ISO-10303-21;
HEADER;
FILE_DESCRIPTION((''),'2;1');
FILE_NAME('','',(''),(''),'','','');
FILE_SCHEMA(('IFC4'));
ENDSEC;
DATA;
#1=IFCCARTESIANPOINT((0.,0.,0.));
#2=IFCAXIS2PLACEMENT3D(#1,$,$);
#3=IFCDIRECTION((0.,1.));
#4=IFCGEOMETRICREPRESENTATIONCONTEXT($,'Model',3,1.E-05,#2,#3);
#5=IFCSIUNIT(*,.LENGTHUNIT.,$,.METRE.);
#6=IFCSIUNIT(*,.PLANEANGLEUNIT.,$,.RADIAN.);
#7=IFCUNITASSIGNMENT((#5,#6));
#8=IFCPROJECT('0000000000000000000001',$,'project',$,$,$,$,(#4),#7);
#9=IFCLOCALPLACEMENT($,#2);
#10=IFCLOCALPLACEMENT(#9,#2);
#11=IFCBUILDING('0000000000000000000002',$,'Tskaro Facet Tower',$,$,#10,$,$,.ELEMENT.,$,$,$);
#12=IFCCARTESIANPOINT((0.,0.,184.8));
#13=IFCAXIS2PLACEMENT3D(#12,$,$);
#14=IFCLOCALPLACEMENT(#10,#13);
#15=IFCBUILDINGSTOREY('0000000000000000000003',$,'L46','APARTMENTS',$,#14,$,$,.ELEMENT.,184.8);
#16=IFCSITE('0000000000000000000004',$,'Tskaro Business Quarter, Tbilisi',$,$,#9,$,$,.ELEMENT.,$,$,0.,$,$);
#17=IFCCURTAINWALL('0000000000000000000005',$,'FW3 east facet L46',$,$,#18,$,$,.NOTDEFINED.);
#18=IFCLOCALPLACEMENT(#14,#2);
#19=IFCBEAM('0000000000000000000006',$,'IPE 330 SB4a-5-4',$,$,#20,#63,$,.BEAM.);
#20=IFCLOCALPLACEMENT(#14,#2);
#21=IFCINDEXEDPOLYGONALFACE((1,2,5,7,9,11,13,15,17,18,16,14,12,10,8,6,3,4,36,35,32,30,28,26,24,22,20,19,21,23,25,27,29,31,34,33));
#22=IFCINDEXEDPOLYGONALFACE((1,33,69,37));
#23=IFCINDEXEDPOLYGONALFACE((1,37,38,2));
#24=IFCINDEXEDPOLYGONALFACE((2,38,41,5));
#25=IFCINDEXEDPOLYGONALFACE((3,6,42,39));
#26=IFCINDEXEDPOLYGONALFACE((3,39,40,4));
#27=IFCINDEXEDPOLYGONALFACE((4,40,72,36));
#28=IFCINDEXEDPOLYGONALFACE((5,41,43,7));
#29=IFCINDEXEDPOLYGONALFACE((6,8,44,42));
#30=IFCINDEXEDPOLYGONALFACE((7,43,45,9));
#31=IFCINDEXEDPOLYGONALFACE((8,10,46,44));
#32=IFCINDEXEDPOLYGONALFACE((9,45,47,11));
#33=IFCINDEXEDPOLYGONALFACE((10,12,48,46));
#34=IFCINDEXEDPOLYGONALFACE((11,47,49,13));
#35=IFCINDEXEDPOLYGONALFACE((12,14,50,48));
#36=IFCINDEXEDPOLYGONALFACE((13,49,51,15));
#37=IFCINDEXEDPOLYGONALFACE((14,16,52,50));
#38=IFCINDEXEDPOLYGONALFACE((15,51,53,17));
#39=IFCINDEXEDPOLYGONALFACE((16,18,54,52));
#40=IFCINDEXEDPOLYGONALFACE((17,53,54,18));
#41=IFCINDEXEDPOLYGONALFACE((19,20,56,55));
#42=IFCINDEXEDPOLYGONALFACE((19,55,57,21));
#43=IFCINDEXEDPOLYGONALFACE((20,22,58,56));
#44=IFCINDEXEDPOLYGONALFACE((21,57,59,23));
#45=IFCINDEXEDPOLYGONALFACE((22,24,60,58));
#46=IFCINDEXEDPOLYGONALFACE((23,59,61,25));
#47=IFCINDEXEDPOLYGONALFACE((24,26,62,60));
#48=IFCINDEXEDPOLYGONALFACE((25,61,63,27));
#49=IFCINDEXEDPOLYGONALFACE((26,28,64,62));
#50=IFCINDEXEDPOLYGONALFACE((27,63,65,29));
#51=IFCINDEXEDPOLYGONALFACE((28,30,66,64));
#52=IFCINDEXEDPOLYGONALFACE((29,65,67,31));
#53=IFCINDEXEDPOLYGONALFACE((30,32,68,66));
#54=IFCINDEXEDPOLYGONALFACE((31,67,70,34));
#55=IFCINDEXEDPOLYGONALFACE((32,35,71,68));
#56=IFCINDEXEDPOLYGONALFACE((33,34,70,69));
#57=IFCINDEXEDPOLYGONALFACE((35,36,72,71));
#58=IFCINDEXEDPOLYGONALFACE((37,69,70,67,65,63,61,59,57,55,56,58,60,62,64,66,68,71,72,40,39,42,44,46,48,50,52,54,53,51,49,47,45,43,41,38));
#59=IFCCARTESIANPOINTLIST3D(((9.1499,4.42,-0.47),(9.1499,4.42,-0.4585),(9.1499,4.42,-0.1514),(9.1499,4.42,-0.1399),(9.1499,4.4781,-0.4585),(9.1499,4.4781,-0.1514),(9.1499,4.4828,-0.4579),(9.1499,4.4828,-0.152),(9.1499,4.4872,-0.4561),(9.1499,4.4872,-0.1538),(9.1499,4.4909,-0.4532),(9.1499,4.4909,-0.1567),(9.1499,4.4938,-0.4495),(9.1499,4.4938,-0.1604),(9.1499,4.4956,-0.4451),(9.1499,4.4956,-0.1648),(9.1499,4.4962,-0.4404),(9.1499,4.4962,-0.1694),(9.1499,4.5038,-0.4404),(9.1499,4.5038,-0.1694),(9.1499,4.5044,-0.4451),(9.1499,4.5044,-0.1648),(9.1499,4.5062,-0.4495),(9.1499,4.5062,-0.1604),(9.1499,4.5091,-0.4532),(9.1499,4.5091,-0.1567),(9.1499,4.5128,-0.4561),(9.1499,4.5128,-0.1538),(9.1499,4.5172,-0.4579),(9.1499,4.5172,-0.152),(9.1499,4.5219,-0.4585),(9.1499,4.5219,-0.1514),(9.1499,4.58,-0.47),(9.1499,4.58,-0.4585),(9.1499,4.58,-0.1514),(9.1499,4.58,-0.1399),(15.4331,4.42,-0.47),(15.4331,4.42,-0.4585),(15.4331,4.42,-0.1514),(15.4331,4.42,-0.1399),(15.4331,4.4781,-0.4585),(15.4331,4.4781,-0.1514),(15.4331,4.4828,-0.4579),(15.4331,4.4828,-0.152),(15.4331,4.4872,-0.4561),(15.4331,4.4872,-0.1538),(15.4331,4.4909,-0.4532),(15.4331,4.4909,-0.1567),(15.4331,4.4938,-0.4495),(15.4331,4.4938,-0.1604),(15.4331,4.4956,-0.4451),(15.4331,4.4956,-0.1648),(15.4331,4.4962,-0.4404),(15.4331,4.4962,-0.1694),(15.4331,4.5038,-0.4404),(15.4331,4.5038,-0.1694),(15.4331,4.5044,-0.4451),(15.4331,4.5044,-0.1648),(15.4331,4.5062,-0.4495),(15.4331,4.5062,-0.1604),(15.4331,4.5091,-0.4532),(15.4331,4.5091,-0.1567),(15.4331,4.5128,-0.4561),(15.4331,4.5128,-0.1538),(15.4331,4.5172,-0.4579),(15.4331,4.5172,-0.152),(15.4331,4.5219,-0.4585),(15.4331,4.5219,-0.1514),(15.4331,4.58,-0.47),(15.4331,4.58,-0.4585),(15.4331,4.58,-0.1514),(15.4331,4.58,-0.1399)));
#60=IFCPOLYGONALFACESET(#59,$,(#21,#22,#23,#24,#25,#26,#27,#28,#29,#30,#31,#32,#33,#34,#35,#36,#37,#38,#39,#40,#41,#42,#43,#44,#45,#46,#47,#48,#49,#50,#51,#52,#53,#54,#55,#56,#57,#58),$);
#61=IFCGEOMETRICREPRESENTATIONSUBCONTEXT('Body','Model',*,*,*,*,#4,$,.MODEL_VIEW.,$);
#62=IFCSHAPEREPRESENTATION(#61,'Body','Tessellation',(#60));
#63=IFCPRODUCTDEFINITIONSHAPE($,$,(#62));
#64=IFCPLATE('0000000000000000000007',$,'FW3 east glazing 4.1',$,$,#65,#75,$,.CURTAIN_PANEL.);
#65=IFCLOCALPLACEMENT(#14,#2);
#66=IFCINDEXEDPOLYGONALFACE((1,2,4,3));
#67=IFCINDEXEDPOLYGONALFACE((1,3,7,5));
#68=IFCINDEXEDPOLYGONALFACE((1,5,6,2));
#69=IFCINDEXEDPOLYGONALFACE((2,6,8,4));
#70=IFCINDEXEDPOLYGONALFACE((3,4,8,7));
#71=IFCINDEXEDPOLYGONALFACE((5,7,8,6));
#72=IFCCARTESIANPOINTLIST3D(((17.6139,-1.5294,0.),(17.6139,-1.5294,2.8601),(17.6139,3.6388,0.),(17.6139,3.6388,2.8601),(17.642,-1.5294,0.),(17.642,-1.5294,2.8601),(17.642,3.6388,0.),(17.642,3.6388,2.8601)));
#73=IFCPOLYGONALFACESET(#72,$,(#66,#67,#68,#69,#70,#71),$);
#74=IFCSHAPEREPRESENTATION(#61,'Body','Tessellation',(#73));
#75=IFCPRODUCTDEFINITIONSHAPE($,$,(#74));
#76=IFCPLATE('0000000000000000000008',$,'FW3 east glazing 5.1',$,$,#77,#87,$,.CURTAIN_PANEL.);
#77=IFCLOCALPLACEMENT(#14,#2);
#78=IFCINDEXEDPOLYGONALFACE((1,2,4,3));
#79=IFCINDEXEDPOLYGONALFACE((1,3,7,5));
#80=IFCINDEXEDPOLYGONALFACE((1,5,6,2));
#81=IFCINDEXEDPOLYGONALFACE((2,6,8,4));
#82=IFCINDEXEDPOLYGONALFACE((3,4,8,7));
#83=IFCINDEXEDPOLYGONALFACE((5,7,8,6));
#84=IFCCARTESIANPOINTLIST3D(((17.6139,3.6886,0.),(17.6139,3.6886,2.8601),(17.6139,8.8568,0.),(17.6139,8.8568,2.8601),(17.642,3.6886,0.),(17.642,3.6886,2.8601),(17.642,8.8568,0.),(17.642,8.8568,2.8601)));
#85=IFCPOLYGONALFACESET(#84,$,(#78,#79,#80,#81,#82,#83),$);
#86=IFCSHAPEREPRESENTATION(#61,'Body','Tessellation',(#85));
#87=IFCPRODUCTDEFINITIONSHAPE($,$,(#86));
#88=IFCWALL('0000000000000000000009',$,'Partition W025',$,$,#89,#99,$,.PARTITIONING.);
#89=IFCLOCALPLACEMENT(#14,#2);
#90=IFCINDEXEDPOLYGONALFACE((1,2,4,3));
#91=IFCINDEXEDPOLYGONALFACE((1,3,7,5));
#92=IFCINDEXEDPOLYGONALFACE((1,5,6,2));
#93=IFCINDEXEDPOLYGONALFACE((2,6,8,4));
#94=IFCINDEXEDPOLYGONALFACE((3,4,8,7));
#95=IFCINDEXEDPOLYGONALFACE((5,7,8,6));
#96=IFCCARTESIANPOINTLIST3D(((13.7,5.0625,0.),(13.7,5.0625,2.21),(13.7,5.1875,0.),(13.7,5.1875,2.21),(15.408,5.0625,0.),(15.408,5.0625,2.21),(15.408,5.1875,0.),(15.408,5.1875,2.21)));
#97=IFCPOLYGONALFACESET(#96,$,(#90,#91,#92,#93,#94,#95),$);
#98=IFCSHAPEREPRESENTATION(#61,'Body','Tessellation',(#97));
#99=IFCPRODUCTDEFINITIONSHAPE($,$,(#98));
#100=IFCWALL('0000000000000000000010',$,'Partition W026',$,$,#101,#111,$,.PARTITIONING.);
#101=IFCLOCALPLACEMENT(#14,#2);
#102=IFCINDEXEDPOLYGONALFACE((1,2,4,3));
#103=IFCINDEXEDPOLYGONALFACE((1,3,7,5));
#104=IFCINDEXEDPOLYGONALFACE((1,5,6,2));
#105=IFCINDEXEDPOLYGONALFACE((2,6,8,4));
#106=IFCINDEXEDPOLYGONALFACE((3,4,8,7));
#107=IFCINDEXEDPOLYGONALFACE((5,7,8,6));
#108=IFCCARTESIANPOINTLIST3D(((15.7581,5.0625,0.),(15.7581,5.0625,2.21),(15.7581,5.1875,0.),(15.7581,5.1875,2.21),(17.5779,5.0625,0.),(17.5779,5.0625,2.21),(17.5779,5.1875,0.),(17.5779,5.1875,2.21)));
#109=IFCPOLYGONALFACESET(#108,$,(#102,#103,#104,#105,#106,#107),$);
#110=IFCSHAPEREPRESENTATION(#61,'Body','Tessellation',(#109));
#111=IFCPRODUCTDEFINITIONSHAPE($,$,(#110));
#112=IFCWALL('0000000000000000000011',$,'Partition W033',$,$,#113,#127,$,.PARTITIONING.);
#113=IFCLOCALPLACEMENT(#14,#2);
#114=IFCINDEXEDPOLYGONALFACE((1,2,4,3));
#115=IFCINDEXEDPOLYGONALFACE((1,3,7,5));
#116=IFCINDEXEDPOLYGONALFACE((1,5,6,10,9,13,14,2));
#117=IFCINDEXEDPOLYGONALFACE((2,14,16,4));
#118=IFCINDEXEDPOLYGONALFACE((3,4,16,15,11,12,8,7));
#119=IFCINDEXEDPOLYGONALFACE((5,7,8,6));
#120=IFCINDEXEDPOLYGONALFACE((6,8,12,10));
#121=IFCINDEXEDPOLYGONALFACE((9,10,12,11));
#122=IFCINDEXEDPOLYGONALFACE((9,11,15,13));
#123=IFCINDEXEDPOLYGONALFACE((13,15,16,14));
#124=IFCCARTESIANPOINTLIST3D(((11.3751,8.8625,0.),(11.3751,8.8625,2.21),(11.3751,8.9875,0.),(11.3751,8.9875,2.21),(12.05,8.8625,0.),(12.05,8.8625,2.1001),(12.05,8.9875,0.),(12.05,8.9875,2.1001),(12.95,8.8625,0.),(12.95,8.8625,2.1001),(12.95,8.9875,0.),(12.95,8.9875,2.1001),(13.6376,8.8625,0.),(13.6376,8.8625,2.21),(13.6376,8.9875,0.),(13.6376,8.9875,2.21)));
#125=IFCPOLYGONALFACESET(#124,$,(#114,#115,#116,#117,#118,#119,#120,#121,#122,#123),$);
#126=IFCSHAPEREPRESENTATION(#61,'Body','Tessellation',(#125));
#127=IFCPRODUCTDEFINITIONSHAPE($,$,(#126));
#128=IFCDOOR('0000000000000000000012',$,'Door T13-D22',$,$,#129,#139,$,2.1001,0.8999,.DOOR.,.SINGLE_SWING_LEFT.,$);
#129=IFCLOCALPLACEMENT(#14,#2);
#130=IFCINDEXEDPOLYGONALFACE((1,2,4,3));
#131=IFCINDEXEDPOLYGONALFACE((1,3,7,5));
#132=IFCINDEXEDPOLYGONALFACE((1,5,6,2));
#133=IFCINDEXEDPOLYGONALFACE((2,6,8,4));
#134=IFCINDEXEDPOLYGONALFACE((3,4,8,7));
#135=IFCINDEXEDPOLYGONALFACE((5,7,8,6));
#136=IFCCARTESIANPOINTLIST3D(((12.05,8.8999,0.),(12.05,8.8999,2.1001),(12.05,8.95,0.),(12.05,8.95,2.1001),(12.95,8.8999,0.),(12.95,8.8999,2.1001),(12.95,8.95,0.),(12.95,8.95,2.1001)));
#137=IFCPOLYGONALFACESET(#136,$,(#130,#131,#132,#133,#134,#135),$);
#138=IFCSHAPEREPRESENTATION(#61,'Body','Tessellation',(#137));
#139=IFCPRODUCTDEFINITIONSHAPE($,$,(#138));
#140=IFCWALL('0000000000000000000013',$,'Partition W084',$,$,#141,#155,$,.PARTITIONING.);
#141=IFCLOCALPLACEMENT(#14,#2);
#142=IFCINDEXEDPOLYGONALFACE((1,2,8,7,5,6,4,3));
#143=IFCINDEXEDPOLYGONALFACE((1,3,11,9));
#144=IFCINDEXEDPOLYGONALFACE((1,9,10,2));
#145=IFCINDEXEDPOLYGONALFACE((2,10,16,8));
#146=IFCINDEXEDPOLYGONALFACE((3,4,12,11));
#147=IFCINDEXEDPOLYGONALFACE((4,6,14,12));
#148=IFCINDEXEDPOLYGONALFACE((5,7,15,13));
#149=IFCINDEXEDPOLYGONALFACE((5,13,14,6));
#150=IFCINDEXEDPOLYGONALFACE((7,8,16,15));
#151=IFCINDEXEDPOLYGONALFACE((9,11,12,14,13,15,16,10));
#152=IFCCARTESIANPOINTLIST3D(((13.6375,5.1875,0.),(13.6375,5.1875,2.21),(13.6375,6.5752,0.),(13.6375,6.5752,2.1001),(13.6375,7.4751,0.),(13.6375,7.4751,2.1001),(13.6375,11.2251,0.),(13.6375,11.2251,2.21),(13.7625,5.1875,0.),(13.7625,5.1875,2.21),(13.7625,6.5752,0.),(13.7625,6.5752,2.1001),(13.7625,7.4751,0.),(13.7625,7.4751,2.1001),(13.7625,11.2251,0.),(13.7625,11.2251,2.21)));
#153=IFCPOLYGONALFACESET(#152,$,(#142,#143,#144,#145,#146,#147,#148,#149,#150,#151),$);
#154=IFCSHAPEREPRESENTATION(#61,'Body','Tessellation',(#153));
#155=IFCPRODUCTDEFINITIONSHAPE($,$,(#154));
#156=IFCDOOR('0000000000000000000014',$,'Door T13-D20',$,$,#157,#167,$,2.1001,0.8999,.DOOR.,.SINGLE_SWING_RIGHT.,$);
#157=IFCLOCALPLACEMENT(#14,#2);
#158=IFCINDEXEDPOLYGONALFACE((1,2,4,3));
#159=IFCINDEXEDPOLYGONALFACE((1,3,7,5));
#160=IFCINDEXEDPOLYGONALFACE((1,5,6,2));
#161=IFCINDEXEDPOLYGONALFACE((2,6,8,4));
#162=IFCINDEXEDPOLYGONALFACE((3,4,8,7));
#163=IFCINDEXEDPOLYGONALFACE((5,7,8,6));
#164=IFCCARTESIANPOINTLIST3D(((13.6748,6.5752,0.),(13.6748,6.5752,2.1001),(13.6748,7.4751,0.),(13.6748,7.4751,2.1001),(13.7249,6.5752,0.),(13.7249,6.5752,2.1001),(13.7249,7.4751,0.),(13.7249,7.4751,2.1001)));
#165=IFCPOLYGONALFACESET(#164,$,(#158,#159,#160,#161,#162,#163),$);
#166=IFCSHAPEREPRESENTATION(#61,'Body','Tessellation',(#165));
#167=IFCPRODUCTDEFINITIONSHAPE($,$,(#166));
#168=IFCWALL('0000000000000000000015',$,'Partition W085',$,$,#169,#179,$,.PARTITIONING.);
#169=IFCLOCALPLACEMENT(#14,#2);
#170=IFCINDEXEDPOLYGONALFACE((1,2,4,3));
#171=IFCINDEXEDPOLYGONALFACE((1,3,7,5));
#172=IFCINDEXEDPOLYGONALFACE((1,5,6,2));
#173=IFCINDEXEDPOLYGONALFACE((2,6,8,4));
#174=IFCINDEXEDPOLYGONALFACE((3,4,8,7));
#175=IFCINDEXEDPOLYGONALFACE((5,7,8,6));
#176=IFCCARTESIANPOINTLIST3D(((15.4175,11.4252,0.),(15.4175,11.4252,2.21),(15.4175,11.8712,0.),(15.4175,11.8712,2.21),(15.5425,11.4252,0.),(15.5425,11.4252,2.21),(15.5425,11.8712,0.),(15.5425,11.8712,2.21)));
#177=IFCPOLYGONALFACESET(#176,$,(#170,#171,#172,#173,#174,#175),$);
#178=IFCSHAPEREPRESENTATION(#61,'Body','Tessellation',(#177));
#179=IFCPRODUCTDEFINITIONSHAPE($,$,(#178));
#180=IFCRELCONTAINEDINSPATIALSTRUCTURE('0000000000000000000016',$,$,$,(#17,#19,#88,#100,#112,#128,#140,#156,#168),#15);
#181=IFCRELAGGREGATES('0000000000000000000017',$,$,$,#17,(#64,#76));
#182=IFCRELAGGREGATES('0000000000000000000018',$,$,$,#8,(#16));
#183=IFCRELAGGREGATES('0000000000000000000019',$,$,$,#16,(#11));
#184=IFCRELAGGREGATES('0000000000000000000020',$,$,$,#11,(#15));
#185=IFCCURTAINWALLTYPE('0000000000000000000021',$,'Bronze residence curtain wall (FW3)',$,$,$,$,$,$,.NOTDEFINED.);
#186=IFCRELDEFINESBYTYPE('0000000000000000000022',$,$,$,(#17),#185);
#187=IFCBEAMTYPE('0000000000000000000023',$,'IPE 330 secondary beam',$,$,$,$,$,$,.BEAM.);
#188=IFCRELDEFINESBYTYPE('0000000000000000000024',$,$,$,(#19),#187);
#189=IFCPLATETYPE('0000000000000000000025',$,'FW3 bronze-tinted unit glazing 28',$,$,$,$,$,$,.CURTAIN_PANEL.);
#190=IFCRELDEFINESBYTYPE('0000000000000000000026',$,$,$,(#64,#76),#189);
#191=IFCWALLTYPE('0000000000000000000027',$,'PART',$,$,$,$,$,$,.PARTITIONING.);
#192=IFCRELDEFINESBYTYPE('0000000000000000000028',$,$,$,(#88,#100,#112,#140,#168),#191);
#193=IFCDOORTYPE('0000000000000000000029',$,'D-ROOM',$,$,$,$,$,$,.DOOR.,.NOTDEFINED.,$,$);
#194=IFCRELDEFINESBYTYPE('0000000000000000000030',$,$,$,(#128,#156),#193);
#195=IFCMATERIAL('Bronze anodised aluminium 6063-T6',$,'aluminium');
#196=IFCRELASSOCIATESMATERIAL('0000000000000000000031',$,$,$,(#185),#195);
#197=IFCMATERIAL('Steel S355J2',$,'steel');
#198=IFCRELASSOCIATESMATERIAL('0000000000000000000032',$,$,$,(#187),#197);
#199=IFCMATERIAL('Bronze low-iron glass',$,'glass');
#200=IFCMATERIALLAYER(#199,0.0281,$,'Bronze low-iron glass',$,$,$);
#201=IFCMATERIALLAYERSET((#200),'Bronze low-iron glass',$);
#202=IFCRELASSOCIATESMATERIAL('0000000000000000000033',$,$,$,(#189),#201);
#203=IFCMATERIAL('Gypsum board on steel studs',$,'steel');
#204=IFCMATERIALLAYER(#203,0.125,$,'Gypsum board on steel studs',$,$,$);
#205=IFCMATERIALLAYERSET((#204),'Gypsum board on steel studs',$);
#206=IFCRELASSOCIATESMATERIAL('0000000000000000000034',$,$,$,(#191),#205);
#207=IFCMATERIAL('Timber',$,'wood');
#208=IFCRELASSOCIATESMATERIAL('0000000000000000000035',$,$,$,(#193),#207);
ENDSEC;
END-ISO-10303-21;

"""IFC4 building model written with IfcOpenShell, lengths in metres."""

from ifc_helpers import new_model, si_unit, direction, frame, frame_2d, origin, origin_2d, place, context, subcontext, project, spatial, rectangle, i_section, extrude, material, layer, layer_set, material_profile, profile_set, type_object, element, fill, aggregate, save


model = new_model("IFC4")

# Units and contexts
model_context = context("Model", 3, precision=1e-05, world=origin(), true_north=direction((0.0, 1.0)))
body_context = subcontext(model_context, "Body", "Model", "MODEL_VIEW")
ifc_project = project(units=[si_unit("LENGTHUNIT", "METRE"), si_unit("PLANEANGLEUNIT", "RADIAN")], contexts=[model_context])

# Site, building, storey
site_placement = place(None, origin())
site = spatial("IfcSite", under=ifc_project, at=site_placement, Name="Tskaro Business Quarter, Tbilisi", CompositionType="ELEMENT", RefElevation=0.0)
building_placement = place(site_placement, origin())
building = spatial("IfcBuilding", under=site, at=building_placement, Name="Tskaro Facet Tower", CompositionType="ELEMENT")
storey_placement = place(building_placement, frame((0.0, 0.0, 184.8)))
storey = spatial("IfcBuildingStorey", under=building, at=storey_placement, Name="L46", Description="APARTMENTS", CompositionType="ELEMENT", Elevation=184.8)

# Curtain wall
ifc_material_1 = material(Name="Bronze anodised aluminium 6063-T6", Category="aluminium")
curtain_wall_type = type_object("IfcCurtainWallType", Name="Bronze residence curtain wall (FW3)", PredefinedType="NOTDEFINED", material=ifc_material_1)
curtain_wall_placement = place(storey_placement, origin())
curtain_wall = element("IfcCurtainWall", 1, at=curtain_wall_placement, inside=storey, type_object=curtain_wall_type, Name="FW3 east facet L46", PredefinedType="NOTDEFINED")

# Beam
ifc_material_2 = material(Name="Steel S355J2", Category="steel")
ifc_material_profile_1 = material_profile(ifc_material_2, i_section(OverallWidth=0.1599, OverallDepth=0.3301, WebThickness=0.0076, FlangeThickness=0.0115, FilletRadius=0.0181, at=origin_2d()), Name="IPE 330")
ifc_profile_set_1 = profile_set([ifc_material_profile_1], Name="Steel S355J2")
beam_type_1 = type_object("IfcBeamType", Name="IPE 330 secondary beam", PredefinedType="BEAM", material=ifc_profile_set_1)
beam_1_placement = place(storey_placement, frame((9.1499, 4.5, -0.3049), z_axis=(1.0, 0.0, 0.0), x_axis=(0.0, 1.0, 0.0)))
element("IfcBeam", 2, at=beam_1_placement, inside=storey, type_object=beam_type_1, Name="IPE 330 SB4a-5-4", PredefinedType="BEAM", context=body_context, shape_type="SweptSolid", body=[
    extrude(i_section(OverallWidth=0.1599, OverallDepth=0.3301, WebThickness=0.0076, FlangeThickness=0.0115, FilletRadius=0.0181, at=origin_2d()), origin(), (0.0, 0.0, 1.0), 6.2832),
])

# Plates
ifc_material_3 = material(Name="Bronze low-iron glass", Category="glass")
ifc_layer_1 = layer(ifc_material_3, 0.0281, Name="Bronze low-iron glass")
ifc_layer_set_1 = layer_set([ifc_layer_1], Name="Bronze low-iron glass")
plate_type = type_object("IfcPlateType", Name="FW3 bronze-tinted unit glazing 28", PredefinedType="CURTAIN_PANEL", material=ifc_layer_set_1)
plate_1_placement = place(storey_placement, frame((17.6279, 1.0547, 0.0), z_axis=(0.0, 0.0, 1.0), x_axis=(0.0, 1.0, 0.0)))
plate_1 = element("IfcPlate", 3, at=plate_1_placement, type_object=plate_type, Name="FW3 east glazing 4.1", PredefinedType="CURTAIN_PANEL", context=body_context, shape_type="SweptSolid", body=[
    extrude(rectangle(XDim=5.1682, YDim=0.0281, at=origin_2d()), origin(), (0.0, 0.0, 1.0), 2.8601),
])
plate_2_placement = place(storey_placement, frame((17.6279, 6.2727, 0.0), z_axis=(0.0, 0.0, 1.0), x_axis=(0.0, 1.0, 0.0)))
plate_2 = element("IfcPlate", 4, at=plate_2_placement, type_object=plate_type, Name="FW3 east glazing 5.1", PredefinedType="CURTAIN_PANEL", context=body_context, shape_type="SweptSolid", body=[
    extrude(rectangle(XDim=5.1682, YDim=0.0281, at=origin_2d()), origin(), (0.0, 0.0, 1.0), 2.8601),
])
aggregate(curtain_wall, [plate_1, plate_2])

# Walls
ifc_material_4 = material(Name="Gypsum board on steel studs", Category="steel")
ifc_layer_2 = layer(ifc_material_4, 0.125, Name="Gypsum board on steel studs")
ifc_layer_set_2 = layer_set([ifc_layer_2], Name="Gypsum board on steel studs")
wall_type_1 = type_object("IfcWallType", Name="PART", PredefinedType="PARTITIONING", material=ifc_layer_set_2)
wall_1_placement = place(storey_placement, frame((13.7, 5.125, 0.0), z_axis=(0.0, 0.0, 1.0), x_axis=(1.0, 0.0, 0.0)))
element("IfcWall", 5, at=wall_1_placement, inside=storey, type_object=wall_type_1, Name="Partition W025", PredefinedType="PARTITIONING", context=body_context, shape_type="SweptSolid", body=[
    extrude(rectangle(XDim=1.708, YDim=0.125, at=frame_2d((0.854, 0.0))), origin(), (0.0, 0.0, 1.0), 2.21),
])
wall_2_placement = place(storey_placement, frame((15.7581, 5.125, 0.0), z_axis=(0.0, 0.0, 1.0), x_axis=(1.0, 0.0, 0.0)))
element("IfcWall", 6, at=wall_2_placement, inside=storey, type_object=wall_type_1, Name="Partition W026", PredefinedType="PARTITIONING", context=body_context, shape_type="SweptSolid", body=[
    extrude(rectangle(XDim=1.8198, YDim=0.125, at=frame_2d((0.9099, 0.0))), origin(), (0.0, 0.0, 1.0), 2.21),
])

# Walls, openings, doors
wall_3_placement = place(storey_placement, frame((11.375, 8.925, 0.0), z_axis=(0.0, 0.0, 1.0), x_axis=(1.0, 0.0, 0.0)))
wall_3 = element("IfcWall", 7, at=wall_3_placement, inside=storey, type_object=wall_type_1, Name="Partition W033", PredefinedType="PARTITIONING", context=body_context, shape_type="SweptSolid", body=[
    extrude(rectangle(XDim=2.2625, YDim=0.125, at=frame_2d((1.1313, 0.0))), origin(), (0.0, 0.0, 1.0), 2.21),
])
opening_1_placement = place(wall_3_placement, frame((0.675, 0.0, 0.0)))
opening_1 = element("IfcOpeningElement", 8, at=opening_1_placement, cuts=wall_3, PredefinedType="OPENING", context=body_context, shape_type="SweptSolid", body=[
    extrude(rectangle(XDim=0.8999, YDim=2.1001, at=frame_2d((0.45, 1.05))), frame((0.0, 0.0725, 0.0), z_axis=(0.0, -1.0, 0.0), x_axis=(1.0, 0.0, 0.0)), (0.0, 0.0, 1.0), 0.145),
])
ifc_material_5 = material(Name="Timber", Category="wood")
door_type_1 = type_object("IfcDoorType", Name="D-ROOM", OperationType="NOTDEFINED", PredefinedType="DOOR", material=ifc_material_5)
door_1_placement = place(opening_1_placement, origin())
door_1 = element("IfcDoor", 9, at=door_1_placement, inside=storey, type_object=door_type_1, Name="Door T13-D22", OperationType="SINGLE_SWING_LEFT", OverallHeight=2.1001, OverallWidth=0.8999, PredefinedType="DOOR", context=body_context, shape_type="SweptSolid", body=[
    extrude(rectangle(XDim=0.8999, YDim=2.1001, at=frame_2d((0.45, 1.05))), frame((0.0, 0.0249, 0.0), z_axis=(0.0, -1.0, 0.0), x_axis=(1.0, 0.0, 0.0)), (0.0, 0.0, 1.0), 0.05),
])
fill(opening_1, door_1)
wall_4_placement = place(storey_placement, frame((13.7, 11.2251, 0.0), z_axis=(0.0, 0.0, 1.0), x_axis=(0.0, -1.0, 0.0)))
wall_4 = element("IfcWall", 10, at=wall_4_placement, inside=storey, type_object=wall_type_1, Name="Partition W084", PredefinedType="PARTITIONING", context=body_context, shape_type="SweptSolid", body=[
    extrude(rectangle(XDim=6.0376, YDim=0.125, at=frame_2d((3.0188, 0.0))), origin(), (0.0, 0.0, 1.0), 2.21),
])
opening_2_placement = place(wall_4_placement, frame((3.75, 0.0, 0.0)))
opening_2 = element("IfcOpeningElement", 11, at=opening_2_placement, cuts=wall_4, PredefinedType="OPENING", context=body_context, shape_type="SweptSolid", body=[
    extrude(rectangle(XDim=0.8999, YDim=2.1001, at=frame_2d((0.45, 1.05))), frame((0.0, 0.0725, 0.0), z_axis=(0.0, -1.0, 0.0), x_axis=(1.0, 0.0, 0.0)), (0.0, 0.0, 1.0), 0.145),
])
door_2_placement = place(opening_2_placement, origin())
door_2 = element("IfcDoor", 12, at=door_2_placement, inside=storey, type_object=door_type_1, Name="Door T13-D20", OperationType="SINGLE_SWING_RIGHT", OverallHeight=2.1001, OverallWidth=0.8999, PredefinedType="DOOR", context=body_context, shape_type="SweptSolid", body=[
    extrude(rectangle(XDim=0.8999, YDim=2.1001, at=frame_2d((0.45, 1.05))), frame((0.0, 0.0249, 0.0), z_axis=(0.0, -1.0, 0.0), x_axis=(1.0, 0.0, 0.0)), (0.0, 0.0, 1.0), 0.05),
])
fill(opening_2, door_2)

# Wall
wall_5_placement = place(storey_placement, frame((15.48, 11.425, 0.0), z_axis=(0.0, 0.0, 1.0), x_axis=(0.0, 1.0, 0.0)))
element("IfcWall", 13, at=wall_5_placement, inside=storey, type_object=wall_type_1, Name="Partition W085", PredefinedType="PARTITIONING", context=body_context, shape_type="SweptSolid", body=[
    extrude(rectangle(XDim=0.446, YDim=0.125, at=frame_2d((0.2231, 0.0))), origin(), (0.0, 0.0, 1.0), 2.21),
])

save(model, "model.ifc")
